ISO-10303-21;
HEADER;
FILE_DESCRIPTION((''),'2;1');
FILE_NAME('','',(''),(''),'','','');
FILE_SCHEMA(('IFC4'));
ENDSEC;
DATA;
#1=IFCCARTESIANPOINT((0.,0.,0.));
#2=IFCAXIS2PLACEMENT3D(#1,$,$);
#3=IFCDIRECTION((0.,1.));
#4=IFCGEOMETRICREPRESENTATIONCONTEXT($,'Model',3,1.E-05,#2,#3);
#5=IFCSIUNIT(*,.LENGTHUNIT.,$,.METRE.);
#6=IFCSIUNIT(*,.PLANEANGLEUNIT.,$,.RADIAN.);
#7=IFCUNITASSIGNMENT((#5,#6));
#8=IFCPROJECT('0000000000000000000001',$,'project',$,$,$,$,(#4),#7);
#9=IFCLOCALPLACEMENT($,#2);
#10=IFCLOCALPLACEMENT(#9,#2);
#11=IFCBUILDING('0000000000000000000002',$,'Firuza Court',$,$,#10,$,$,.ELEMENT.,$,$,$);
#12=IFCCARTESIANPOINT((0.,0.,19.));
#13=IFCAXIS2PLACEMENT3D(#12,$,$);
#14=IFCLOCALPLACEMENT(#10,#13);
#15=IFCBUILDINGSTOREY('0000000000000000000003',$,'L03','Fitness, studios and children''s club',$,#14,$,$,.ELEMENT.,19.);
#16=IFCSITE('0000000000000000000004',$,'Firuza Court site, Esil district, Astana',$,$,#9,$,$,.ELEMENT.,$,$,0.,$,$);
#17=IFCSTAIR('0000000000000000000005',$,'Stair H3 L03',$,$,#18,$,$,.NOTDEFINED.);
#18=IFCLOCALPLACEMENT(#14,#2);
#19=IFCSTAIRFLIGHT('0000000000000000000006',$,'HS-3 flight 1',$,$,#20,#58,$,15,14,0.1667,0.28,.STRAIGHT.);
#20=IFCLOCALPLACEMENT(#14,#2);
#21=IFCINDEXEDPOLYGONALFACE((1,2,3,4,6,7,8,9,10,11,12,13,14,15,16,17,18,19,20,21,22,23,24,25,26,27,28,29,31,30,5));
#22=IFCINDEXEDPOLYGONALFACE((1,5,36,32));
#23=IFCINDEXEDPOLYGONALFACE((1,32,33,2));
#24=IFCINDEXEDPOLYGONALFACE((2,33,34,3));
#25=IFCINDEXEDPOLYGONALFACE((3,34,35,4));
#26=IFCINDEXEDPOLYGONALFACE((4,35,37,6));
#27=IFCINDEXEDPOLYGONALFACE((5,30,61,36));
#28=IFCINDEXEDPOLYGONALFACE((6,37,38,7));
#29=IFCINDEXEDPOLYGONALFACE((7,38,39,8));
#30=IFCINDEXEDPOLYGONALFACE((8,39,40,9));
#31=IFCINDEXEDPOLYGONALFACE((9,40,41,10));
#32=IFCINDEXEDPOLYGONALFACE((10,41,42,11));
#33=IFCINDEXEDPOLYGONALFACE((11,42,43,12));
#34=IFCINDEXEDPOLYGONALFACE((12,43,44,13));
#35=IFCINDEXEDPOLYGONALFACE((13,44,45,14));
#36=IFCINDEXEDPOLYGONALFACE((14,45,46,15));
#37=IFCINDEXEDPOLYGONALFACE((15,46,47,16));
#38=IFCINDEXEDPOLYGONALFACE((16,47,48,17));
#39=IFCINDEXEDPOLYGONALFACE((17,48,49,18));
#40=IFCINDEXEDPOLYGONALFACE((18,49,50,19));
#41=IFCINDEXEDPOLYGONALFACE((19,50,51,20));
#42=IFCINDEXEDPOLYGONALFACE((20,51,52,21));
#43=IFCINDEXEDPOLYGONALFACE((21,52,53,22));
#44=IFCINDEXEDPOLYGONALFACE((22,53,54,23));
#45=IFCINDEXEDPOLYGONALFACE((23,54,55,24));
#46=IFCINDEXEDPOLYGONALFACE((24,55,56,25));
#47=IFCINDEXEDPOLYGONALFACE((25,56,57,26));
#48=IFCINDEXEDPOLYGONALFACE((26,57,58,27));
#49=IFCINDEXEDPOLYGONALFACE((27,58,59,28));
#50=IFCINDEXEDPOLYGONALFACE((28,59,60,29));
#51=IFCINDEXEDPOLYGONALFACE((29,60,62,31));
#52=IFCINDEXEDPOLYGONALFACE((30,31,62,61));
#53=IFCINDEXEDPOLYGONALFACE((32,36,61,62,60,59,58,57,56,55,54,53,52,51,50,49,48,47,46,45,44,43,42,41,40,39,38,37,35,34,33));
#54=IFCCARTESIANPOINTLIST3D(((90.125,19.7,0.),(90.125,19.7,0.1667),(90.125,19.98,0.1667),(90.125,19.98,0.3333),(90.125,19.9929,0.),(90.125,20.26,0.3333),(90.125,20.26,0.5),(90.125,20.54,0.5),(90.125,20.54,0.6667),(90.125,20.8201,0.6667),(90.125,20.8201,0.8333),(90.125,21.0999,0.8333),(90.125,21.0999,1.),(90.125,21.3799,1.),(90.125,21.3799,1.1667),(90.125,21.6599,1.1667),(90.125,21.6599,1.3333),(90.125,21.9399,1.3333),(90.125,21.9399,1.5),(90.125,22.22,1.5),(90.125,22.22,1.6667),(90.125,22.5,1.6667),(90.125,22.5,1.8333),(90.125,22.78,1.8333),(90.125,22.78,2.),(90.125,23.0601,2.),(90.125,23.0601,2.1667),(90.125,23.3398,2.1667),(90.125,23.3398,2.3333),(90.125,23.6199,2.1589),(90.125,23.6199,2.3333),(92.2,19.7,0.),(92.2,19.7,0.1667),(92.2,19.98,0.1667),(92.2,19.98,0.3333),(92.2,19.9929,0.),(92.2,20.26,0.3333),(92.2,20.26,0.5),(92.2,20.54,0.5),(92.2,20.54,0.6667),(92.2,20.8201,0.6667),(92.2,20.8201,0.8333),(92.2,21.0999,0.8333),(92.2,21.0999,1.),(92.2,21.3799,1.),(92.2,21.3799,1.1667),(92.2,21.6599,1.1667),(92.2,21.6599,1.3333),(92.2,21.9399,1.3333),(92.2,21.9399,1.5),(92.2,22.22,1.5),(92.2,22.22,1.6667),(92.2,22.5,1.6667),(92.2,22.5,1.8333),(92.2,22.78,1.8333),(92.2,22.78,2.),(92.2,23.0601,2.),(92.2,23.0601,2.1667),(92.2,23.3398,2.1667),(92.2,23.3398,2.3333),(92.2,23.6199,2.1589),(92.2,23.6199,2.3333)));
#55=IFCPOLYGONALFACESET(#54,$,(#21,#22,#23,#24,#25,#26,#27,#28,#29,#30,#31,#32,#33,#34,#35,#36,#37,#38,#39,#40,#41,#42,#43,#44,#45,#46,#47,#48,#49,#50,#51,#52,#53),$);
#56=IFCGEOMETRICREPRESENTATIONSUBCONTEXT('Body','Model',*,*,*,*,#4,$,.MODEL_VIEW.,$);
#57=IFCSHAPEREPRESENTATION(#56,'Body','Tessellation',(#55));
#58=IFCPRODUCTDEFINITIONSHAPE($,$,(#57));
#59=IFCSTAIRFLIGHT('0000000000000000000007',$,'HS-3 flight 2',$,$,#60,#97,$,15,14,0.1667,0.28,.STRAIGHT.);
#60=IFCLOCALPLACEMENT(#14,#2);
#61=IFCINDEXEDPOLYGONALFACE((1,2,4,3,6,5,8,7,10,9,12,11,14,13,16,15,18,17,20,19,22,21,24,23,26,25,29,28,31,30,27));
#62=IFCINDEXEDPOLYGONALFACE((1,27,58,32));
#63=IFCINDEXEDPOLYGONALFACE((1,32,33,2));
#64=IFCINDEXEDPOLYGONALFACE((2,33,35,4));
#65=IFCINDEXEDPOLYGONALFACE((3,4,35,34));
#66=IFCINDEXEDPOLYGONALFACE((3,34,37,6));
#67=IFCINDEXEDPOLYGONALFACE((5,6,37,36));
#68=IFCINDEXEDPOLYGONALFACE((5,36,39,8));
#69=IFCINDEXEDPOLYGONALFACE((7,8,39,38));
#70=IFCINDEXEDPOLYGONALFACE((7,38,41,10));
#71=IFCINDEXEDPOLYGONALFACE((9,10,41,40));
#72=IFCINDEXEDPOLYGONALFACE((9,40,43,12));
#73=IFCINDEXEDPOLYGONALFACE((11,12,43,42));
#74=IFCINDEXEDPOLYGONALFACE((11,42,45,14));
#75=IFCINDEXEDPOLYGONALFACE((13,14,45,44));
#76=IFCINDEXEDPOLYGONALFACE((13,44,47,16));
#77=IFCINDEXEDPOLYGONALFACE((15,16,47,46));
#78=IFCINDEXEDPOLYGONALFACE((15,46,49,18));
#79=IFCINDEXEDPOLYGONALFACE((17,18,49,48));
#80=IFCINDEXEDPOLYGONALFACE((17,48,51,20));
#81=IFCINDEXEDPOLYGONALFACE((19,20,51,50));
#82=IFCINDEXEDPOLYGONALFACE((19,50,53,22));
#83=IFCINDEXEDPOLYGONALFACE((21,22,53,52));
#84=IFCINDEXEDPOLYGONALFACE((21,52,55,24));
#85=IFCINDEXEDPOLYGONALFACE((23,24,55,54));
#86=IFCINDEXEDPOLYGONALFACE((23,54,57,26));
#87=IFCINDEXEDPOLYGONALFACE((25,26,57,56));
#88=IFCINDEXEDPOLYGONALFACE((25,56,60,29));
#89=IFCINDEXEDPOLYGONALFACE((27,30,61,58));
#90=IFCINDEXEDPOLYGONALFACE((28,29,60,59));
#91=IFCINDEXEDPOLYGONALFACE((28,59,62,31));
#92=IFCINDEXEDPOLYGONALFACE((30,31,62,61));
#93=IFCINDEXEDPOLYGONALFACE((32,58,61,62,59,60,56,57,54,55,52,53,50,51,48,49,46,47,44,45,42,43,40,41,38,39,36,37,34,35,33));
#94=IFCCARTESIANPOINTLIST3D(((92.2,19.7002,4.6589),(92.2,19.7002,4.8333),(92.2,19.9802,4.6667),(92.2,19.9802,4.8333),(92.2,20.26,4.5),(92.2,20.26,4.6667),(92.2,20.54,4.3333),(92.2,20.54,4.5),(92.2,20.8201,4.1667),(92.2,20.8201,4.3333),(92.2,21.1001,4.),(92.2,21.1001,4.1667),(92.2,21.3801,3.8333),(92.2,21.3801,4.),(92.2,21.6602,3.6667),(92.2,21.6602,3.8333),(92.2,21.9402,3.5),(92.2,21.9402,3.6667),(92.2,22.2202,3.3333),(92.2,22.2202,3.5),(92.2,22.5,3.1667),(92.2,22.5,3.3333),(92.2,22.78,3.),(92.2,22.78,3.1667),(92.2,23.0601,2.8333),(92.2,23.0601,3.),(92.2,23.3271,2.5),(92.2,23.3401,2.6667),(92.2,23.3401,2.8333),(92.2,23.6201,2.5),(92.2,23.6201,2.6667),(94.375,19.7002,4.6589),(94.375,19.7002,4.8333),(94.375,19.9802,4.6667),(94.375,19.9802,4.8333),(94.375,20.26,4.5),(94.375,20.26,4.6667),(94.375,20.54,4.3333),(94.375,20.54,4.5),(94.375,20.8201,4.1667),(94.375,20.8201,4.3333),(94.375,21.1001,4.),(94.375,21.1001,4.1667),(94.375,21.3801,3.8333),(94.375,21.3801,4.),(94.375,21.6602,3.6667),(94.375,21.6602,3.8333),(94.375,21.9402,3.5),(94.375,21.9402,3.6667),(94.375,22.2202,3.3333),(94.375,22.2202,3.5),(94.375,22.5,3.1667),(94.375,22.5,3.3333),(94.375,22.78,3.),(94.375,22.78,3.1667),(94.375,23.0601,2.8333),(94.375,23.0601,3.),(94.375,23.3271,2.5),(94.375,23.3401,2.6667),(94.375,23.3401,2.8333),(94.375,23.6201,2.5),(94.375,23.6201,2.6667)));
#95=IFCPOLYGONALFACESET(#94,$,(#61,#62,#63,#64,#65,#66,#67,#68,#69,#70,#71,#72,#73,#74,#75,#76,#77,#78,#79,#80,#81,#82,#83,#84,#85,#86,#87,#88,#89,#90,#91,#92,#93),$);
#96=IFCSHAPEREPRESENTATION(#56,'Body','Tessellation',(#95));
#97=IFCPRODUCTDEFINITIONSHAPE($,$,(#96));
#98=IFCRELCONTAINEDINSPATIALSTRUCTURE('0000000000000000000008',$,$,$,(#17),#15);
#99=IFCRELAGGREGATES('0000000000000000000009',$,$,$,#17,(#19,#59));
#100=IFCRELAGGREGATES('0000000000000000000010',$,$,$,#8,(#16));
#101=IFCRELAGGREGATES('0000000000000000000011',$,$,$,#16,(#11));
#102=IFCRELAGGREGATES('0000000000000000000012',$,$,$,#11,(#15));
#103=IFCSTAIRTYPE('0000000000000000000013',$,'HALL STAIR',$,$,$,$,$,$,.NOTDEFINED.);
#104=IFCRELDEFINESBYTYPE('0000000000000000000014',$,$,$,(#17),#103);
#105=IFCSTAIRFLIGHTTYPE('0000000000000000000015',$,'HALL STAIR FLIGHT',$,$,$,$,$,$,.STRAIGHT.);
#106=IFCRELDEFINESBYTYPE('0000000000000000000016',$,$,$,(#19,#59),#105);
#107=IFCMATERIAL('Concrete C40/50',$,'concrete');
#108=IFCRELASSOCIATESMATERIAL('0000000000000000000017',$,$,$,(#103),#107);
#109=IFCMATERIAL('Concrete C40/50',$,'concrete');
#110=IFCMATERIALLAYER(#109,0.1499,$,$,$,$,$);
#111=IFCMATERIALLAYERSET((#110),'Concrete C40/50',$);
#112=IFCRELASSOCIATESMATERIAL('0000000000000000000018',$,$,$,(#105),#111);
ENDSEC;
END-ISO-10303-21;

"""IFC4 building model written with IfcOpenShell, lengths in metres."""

from ifc_helpers import new_model, si_unit, direction, frame, origin, place, context, subcontext, project, spatial, polyline, outline, extrude, material, layer, layer_set, type_object, element, aggregate, save


model = new_model("IFC4")

# Units and contexts
model_context = context("Model", 3, precision=1e-05, world=origin(), true_north=direction((0.0, 1.0)))
body_context = subcontext(model_context, "Body", "Model", "MODEL_VIEW")
ifc_project = project(units=[si_unit("LENGTHUNIT", "METRE"), si_unit("PLANEANGLEUNIT", "RADIAN")], contexts=[model_context])

# Site, building, storey
site_placement = place(None, origin())
site = spatial("IfcSite", under=ifc_project, at=site_placement, Name="Firuza Court site, Esil district, Astana", CompositionType="ELEMENT", RefElevation=0.0)
building_placement = place(site_placement, origin())
building = spatial("IfcBuilding", under=site, at=building_placement, Name="Firuza Court", CompositionType="ELEMENT")
storey_placement = place(building_placement, frame((0.0, 0.0, 19.0)))
storey = spatial("IfcBuildingStorey", under=building, at=storey_placement, Name="L03", Description="Fitness, studios and children's club", CompositionType="ELEMENT", Elevation=19.0)

# Shared definitions
ifc_material_1 = material(Name="Concrete C40/50", Category="concrete")

# Stair, stair flights
ifc_material_2 = material(Name="Concrete C40/50", Category="concrete")
stair_type = type_object("IfcStairType", Name="HALL STAIR", PredefinedType="NOTDEFINED", material=ifc_material_2)
stair_placement = place(storey_placement, origin())
stair = element("IfcStair", 1, at=stair_placement, inside=storey, type_object=stair_type, Name="Stair H3 L03", PredefinedType="NOTDEFINED")
ifc_layer_1 = layer(ifc_material_1, 0.1499)
ifc_layer_set_1 = layer_set([ifc_layer_1], Name="Concrete C40/50")
stair_flight_type = type_object("IfcStairFlightType", Name="HALL STAIR FLIGHT", PredefinedType="STRAIGHT", material=ifc_layer_set_1)
stair_flight_1_placement = place(storey_placement, frame((91.1626, 19.7, 0.0), z_axis=(0.0, 0.0, 1.0), x_axis=(0.0, 1.0, 0.0)))
stair_flight_1 = element("IfcStairFlight", 2, at=stair_flight_1_placement, type_object=stair_flight_type, Name="HS-3 flight 1", NumberOfRisers=15, NumberOfTreads=14, PredefinedType="STRAIGHT", RiserHeight=0.1667, TreadLength=0.28, context=body_context, shape_type="SweptSolid", body=[
    extrude(outline(polyline([(0.0, 0.0), (0.0, 0.1667), (0.28, 0.1667), (0.28, 0.3333), (0.5601, 0.3333), (0.5601, 0.5), (0.8401, 0.5), (0.8401, 0.6667), (1.1201, 0.6667), (1.1201, 0.8333), (1.3999, 0.8333), (1.3999, 1.0), (1.6799, 1.0), (1.6799, 1.1667), (1.96, 1.1667), (1.96, 1.3333), (2.24, 1.3333), (2.24, 1.5), (2.52, 1.5), (2.52, 1.6667), (2.8, 1.6667), (2.8, 1.8333), (3.0801, 1.8333), (3.0801, 2.0), (3.3601, 2.0), (3.3601, 2.1667), (3.6399, 2.1667), (3.6399, 2.3333), (3.9199, 2.3333), (3.9199, 2.5), (3.9199, 2.1589), (0.293, 0.0), (0.0, 0.0)])), frame((0.0, 1.0376, 0.0), z_axis=(0.0, -1.0, 0.0), x_axis=(1.0, 0.0, 0.0)), (0.0, 0.0, 1.0), 2.075),
])
stair_flight_2_placement = place(storey_placement, frame((93.2876, 23.6201, 2.5), z_axis=(0.0, 0.0, 1.0), x_axis=(0.0, -1.0, 0.0)))
stair_flight_2 = element("IfcStairFlight", 3, at=stair_flight_2_placement, type_object=stair_flight_type, Name="HS-3 flight 2", NumberOfRisers=15, NumberOfTreads=14, PredefinedType="STRAIGHT", RiserHeight=0.1667, TreadLength=0.28, context=body_context, shape_type="SweptSolid", body=[
    extrude(outline(polyline([(0.0, 0.0), (0.0, 0.1667), (0.28, 0.1667), (0.28, 0.3333), (0.5601, 0.3333), (0.5601, 0.5), (0.8401, 0.5), (0.8401, 0.6667), (1.1201, 0.6667), (1.1201, 0.8333), (1.3999, 0.8333), (1.3999, 1.0), (1.6799, 1.0), (1.6799, 1.1667), (1.96, 1.1667), (1.96, 1.3333), (2.24, 1.3333), (2.24, 1.5), (2.52, 1.5), (2.52, 1.6667), (2.8, 1.6667), (2.8, 1.8333), (3.0801, 1.8333), (3.0801, 2.0), (3.3601, 2.0), (3.3601, 2.1667), (3.6399, 2.1667), (3.6399, 2.3333), (3.9199, 2.3333), (3.9199, 2.5), (3.9199, 2.1589), (0.293, 0.0), (0.0, 0.0)])), frame((0.0, 1.0874, 0.0), z_axis=(0.0, -1.0, 0.0), x_axis=(1.0, 0.0, 0.0)), (0.0, 0.0, 1.0), 2.175),
])
aggregate(stair, [stair_flight_1, stair_flight_2])

save(model, "model.ifc")
